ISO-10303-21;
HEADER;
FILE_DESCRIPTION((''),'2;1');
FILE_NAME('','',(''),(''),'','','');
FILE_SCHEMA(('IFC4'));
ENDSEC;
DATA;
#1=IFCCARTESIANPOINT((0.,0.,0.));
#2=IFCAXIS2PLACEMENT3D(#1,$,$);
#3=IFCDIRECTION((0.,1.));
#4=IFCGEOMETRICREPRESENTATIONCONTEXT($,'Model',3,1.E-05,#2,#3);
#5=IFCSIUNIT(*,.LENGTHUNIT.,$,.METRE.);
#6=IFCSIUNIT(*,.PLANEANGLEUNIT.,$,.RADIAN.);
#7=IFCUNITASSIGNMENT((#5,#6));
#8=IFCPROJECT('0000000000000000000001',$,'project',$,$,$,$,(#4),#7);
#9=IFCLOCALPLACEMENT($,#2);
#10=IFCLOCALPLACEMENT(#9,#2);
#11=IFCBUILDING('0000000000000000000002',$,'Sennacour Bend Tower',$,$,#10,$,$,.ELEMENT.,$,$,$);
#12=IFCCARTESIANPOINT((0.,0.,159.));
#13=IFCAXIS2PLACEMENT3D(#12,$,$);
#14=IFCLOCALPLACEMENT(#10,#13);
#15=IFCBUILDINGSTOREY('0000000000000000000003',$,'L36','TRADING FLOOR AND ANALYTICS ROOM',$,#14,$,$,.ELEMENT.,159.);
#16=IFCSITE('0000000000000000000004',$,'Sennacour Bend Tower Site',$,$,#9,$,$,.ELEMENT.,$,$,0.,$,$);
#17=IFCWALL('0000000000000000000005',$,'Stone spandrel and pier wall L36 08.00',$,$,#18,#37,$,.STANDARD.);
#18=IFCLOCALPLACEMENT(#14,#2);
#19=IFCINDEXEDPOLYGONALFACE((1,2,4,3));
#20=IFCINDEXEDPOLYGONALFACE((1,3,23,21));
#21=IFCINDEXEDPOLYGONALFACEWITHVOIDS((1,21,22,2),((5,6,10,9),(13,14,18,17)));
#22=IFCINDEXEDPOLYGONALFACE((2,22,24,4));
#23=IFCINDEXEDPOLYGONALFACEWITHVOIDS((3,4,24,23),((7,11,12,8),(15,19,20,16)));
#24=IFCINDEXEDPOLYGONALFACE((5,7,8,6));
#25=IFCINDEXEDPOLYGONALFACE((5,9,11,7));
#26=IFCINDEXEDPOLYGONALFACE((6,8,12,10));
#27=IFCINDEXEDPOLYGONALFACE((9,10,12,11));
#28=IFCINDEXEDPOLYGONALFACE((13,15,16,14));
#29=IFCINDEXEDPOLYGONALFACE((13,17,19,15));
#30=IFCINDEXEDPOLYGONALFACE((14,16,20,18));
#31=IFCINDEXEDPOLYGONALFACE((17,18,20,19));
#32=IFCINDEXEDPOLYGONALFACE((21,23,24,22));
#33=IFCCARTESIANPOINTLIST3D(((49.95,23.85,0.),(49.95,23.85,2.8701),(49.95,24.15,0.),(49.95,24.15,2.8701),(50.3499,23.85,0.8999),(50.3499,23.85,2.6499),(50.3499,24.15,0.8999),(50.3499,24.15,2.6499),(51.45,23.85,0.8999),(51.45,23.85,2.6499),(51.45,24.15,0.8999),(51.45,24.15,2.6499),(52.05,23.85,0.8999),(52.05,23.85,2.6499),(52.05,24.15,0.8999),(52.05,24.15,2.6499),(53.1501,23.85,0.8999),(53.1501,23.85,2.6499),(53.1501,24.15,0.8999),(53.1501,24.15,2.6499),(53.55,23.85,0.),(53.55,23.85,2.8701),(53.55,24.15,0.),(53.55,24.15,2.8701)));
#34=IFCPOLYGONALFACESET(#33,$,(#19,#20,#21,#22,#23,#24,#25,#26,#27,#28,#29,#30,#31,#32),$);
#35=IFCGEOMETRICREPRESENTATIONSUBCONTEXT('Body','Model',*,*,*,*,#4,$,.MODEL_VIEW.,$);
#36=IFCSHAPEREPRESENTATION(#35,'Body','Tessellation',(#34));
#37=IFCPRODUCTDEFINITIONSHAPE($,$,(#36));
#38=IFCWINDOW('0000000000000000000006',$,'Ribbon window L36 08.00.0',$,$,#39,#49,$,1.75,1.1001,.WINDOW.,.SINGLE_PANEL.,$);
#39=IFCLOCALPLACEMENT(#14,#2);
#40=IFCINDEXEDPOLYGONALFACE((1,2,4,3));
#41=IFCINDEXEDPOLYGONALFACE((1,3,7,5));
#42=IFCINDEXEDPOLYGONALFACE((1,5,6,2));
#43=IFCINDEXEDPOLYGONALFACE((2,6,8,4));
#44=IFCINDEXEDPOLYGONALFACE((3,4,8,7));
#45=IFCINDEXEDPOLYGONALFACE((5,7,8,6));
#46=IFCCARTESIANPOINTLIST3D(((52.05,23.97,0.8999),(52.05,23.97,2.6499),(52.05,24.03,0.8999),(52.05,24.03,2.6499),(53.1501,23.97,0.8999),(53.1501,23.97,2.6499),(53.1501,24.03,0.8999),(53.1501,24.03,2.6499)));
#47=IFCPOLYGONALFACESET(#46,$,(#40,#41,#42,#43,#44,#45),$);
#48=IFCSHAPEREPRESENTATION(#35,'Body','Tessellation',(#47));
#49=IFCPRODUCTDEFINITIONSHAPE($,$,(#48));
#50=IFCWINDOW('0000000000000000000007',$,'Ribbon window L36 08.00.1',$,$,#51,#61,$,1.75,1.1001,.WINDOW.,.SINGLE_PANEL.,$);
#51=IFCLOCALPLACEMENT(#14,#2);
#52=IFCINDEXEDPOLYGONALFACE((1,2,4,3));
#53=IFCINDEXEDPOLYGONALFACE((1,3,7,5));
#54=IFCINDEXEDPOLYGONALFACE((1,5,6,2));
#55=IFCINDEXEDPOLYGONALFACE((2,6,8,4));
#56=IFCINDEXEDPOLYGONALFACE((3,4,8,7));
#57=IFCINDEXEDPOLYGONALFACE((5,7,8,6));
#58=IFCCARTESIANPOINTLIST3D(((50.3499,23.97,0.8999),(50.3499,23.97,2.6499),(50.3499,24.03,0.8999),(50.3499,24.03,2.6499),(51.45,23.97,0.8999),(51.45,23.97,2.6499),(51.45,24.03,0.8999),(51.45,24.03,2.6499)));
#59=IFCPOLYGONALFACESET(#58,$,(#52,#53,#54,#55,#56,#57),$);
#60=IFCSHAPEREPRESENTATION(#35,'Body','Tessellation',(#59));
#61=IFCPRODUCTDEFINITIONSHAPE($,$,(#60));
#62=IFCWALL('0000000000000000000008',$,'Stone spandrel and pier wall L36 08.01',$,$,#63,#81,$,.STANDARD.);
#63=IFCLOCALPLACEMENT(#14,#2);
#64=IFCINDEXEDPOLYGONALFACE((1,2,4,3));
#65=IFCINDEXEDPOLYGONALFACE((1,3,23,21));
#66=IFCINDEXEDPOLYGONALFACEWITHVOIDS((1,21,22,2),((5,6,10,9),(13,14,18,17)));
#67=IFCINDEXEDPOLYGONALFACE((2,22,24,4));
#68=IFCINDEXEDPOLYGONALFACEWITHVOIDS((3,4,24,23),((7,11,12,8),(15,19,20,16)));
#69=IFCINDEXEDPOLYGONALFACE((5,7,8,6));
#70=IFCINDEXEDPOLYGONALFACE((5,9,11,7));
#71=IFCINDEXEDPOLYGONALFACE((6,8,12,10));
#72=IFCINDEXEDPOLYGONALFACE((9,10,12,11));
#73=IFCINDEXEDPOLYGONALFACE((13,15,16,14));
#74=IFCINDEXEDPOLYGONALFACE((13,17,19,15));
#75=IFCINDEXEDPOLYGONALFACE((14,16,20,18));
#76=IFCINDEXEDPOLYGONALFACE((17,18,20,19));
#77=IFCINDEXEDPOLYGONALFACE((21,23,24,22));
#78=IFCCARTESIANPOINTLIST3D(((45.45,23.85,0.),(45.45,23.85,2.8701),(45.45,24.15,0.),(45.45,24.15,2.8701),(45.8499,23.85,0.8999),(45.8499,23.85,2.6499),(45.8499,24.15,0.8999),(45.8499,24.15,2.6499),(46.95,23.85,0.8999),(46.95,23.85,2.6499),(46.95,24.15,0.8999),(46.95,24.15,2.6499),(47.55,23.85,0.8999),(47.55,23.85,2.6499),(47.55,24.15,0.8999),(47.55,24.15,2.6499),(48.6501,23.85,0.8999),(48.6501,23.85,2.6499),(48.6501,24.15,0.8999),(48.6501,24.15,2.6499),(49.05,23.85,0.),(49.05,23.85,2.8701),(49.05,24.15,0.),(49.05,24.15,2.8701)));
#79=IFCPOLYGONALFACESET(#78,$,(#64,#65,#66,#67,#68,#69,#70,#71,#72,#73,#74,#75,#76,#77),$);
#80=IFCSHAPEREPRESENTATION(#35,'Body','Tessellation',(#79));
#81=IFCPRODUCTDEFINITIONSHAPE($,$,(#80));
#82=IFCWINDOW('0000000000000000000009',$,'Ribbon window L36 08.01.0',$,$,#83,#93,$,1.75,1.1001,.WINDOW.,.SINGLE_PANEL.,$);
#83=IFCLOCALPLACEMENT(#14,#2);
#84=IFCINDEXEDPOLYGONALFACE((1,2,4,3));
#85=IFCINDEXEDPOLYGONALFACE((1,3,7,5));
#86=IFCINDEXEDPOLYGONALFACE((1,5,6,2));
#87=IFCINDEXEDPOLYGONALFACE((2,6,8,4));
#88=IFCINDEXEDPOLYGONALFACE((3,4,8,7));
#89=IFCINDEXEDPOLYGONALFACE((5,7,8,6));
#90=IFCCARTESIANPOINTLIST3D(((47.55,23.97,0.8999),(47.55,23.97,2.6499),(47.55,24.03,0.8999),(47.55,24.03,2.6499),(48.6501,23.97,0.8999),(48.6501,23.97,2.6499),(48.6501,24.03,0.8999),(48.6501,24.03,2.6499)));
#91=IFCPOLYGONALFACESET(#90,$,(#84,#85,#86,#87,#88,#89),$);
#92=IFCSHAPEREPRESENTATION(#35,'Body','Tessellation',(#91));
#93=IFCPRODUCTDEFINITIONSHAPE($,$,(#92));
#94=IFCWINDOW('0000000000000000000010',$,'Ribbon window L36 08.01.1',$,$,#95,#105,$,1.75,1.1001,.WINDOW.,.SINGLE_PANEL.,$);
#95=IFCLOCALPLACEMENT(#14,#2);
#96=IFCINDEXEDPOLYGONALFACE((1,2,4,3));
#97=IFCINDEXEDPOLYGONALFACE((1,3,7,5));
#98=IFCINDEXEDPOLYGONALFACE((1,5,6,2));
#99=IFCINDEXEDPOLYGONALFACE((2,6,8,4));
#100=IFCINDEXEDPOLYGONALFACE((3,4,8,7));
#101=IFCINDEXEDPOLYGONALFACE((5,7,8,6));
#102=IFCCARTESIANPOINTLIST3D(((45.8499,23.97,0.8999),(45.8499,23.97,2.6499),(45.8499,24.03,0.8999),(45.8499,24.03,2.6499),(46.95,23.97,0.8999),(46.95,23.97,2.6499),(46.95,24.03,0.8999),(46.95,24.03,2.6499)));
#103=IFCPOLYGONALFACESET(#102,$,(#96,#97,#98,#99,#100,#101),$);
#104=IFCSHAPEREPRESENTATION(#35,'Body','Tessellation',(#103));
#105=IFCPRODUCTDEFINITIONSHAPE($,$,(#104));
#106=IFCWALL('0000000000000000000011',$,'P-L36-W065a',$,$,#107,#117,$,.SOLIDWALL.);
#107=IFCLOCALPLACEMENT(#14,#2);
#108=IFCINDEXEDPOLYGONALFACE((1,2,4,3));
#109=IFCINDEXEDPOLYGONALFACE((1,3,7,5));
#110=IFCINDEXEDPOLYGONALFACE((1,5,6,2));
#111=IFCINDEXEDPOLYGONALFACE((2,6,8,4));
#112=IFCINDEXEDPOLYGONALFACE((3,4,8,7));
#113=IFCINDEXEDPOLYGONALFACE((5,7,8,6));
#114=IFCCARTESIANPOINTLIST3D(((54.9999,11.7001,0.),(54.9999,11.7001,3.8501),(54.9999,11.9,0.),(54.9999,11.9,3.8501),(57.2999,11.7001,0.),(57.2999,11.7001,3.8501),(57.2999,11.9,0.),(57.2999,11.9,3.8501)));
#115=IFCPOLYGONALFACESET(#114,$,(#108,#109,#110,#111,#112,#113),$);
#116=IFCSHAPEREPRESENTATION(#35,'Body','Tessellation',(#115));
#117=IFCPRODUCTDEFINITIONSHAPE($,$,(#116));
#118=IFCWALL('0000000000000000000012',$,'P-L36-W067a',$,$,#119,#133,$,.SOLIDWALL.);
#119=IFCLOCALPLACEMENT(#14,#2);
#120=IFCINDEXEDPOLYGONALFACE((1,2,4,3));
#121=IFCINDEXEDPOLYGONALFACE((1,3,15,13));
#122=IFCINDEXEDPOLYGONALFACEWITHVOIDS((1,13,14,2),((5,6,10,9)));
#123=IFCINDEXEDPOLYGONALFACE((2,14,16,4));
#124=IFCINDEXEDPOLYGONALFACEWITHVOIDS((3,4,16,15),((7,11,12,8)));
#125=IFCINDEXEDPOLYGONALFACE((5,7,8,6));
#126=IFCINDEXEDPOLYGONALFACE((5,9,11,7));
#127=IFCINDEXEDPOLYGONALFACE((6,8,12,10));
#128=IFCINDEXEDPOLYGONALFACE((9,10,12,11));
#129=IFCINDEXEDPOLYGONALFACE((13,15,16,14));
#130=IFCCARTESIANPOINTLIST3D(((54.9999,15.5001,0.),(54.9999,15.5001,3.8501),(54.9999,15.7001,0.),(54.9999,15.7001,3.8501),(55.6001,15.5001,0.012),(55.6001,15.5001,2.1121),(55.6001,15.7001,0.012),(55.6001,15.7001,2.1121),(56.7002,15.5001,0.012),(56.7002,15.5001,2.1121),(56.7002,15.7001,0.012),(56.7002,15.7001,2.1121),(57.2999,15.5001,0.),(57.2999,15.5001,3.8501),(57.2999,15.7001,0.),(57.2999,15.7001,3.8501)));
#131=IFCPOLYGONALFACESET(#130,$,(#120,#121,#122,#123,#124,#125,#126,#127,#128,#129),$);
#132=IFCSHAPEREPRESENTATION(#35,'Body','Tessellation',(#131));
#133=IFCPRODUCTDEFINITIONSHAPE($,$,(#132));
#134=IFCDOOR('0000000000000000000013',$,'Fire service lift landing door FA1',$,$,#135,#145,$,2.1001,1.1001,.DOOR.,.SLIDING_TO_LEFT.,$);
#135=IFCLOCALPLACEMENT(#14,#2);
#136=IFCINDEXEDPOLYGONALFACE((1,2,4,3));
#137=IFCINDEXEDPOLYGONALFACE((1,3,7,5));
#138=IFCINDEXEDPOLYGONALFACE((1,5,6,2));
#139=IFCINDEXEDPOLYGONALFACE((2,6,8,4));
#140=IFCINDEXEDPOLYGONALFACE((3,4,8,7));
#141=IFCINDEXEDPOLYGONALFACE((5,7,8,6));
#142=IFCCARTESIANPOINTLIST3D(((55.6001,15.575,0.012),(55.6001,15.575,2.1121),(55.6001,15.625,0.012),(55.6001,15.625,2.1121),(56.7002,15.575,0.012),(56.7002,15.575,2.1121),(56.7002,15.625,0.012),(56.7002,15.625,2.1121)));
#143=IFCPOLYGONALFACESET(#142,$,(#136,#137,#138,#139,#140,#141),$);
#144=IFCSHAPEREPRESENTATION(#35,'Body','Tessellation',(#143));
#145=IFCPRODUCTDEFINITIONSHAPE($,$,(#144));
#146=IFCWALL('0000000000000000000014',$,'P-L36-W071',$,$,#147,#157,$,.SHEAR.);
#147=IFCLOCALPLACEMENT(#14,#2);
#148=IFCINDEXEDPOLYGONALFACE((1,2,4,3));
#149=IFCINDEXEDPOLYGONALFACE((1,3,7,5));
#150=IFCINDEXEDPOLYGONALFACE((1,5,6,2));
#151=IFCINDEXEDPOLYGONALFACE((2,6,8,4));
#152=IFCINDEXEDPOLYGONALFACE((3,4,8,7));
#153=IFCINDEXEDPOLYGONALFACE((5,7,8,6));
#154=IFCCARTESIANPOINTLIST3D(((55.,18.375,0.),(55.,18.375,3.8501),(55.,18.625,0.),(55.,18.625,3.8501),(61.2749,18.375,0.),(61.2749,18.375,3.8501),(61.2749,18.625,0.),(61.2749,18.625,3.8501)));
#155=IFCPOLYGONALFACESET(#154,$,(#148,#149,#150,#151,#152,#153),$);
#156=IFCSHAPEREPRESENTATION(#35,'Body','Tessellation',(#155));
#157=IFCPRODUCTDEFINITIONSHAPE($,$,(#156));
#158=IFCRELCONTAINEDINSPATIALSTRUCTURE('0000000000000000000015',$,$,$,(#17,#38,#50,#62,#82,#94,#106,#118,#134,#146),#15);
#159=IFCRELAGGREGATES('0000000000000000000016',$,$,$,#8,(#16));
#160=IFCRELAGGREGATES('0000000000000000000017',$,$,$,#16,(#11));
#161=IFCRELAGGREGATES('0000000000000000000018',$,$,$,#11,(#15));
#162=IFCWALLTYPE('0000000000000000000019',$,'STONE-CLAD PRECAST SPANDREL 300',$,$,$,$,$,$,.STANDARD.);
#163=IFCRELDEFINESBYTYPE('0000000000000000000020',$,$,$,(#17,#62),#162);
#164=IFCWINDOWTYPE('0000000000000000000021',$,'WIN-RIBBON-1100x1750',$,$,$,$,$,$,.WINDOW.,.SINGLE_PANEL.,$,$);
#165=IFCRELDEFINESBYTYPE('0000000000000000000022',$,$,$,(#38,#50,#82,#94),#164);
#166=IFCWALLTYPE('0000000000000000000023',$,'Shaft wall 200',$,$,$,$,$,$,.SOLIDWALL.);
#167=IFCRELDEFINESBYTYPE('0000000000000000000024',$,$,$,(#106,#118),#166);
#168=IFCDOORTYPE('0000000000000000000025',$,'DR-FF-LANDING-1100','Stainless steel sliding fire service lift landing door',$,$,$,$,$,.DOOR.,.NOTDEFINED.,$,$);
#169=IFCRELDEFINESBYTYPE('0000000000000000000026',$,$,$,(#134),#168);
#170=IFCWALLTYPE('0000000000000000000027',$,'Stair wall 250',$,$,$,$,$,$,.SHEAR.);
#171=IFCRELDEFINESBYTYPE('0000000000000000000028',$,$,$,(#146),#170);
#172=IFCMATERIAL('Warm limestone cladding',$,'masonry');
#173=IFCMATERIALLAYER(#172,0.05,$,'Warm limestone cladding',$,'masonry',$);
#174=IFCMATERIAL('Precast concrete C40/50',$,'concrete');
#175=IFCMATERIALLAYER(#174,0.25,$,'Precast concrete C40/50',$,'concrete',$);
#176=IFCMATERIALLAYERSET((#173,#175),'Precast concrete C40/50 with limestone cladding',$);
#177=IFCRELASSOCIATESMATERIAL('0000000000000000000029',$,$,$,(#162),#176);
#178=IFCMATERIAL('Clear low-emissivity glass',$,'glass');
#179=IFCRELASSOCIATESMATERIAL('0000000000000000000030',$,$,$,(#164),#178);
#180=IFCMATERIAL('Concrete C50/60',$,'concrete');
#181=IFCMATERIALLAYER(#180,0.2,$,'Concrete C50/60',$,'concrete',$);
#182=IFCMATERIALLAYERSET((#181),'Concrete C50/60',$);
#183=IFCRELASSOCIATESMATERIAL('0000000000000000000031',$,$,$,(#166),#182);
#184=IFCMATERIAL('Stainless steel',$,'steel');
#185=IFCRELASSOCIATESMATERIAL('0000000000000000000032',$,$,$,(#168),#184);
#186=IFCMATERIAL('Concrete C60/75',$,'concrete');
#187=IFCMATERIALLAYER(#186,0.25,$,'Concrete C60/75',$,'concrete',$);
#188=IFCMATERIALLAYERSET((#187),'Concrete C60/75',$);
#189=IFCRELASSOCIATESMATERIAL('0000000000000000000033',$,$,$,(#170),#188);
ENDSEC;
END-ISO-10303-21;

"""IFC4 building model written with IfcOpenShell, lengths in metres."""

from ifc_helpers import new_model, si_unit, direction, frame, frame_2d, origin, place, context, subcontext, project, spatial, rectangle, extrude, material, layer, layer_set, type_object, element, fill, save


model = new_model("IFC4")

# Units and contexts
model_context = context("Model", 3, precision=1e-05, world=origin(), true_north=direction((0.0, 1.0)))
body_context = subcontext(model_context, "Body", "Model", "MODEL_VIEW")
ifc_project = project(units=[si_unit("LENGTHUNIT", "METRE"), si_unit("PLANEANGLEUNIT", "RADIAN")], contexts=[model_context])

# Site, building, storey
site_placement = place(None, origin())
site = spatial("IfcSite", under=ifc_project, at=site_placement, Name="Sennacour Bend Tower Site", CompositionType="ELEMENT", RefElevation=0.0)
building_placement = place(site_placement, origin())
building = spatial("IfcBuilding", under=site, at=building_placement, Name="Sennacour Bend Tower", CompositionType="ELEMENT")
storey_placement = place(building_placement, frame((0.0, 0.0, 159.0)))
storey = spatial("IfcBuildingStorey", under=building, at=storey_placement, Name="L36", Description="TRADING FLOOR AND ANALYTICS ROOM", CompositionType="ELEMENT", Elevation=159.0)

# Shared definitions
ifc_material_1 = material(Name="Concrete C60/75", Category="concrete")

# Shared definitions
ifc_material_2 = material(Name="Warm limestone cladding", Category="masonry")
ifc_layer_1 = layer(ifc_material_2, 0.05, Name="Warm limestone cladding", Category="masonry")
ifc_material_3 = material(Name="Precast concrete C40/50", Category="concrete")
ifc_layer_2 = layer(ifc_material_3, 0.25, Name="Precast concrete C40/50", Category="concrete")
ifc_layer_set_1 = layer_set([ifc_layer_1, ifc_layer_2], Name="Precast concrete C40/50 with limestone cladding")
wall_type_1 = type_object("IfcWallType", Name="STONE-CLAD PRECAST SPANDREL 300", PredefinedType="STANDARD", material=ifc_layer_set_1)

# Walls, openings, windows
wall_1_placement = place(storey_placement, frame((53.55, 24.0, 0.0), z_axis=(0.0, 0.0, 1.0), x_axis=(-1.0, 0.0, 0.0)))
wall_1 = element("IfcWall", 1, at=wall_1_placement, inside=storey, type_object=wall_type_1, Name="Stone spandrel and pier wall L36 08.00", PredefinedType="STANDARD", context=body_context, shape_type="SweptSolid", body=[
    extrude(rectangle(XDim=3.6001, YDim=0.3, at=frame_2d((1.8, 0.0))), origin(), (0.0, 0.0, 1.0), 2.8701),
])
opening_1_placement = place(wall_1_placement, frame((0.3999, 0.0, 0.8999)))
opening_1 = element("IfcOpeningElement", 2, at=opening_1_placement, cuts=wall_1, PredefinedType="OPENING", context=body_context, shape_type="SweptSolid", body=[
    extrude(rectangle(XDim=1.1001, YDim=1.75, at=frame_2d((0.55, 0.875))), frame((0.0, 0.1602, 0.0), z_axis=(0.0, -1.0, 0.0), x_axis=(1.0, 0.0, 0.0)), (0.0, 0.0, 1.0), 0.3201),
])
opening_2_placement = place(wall_1_placement, frame((2.1001, 0.0, 0.8999)))
opening_2 = element("IfcOpeningElement", 3, at=opening_2_placement, cuts=wall_1, PredefinedType="OPENING", context=body_context, shape_type="SweptSolid", body=[
    extrude(rectangle(XDim=1.1001, YDim=1.75, at=frame_2d((0.55, 0.875))), frame((0.0, 0.1602, 0.0), z_axis=(0.0, -1.0, 0.0), x_axis=(1.0, 0.0, 0.0)), (0.0, 0.0, 1.0), 0.3201),
])
ifc_material_4 = material(Name="Clear low-emissivity glass", Category="glass")
window_type = type_object("IfcWindowType", Name="WIN-RIBBON-1100x1750", PartitioningType="SINGLE_PANEL", PredefinedType="WINDOW", material=ifc_material_4)
window_1_placement = place(opening_1_placement, origin())
window_1 = element("IfcWindow", 4, at=window_1_placement, inside=storey, type_object=window_type, Name="Ribbon window L36 08.00.0", OverallHeight=1.75, OverallWidth=1.1001, PartitioningType="SINGLE_PANEL", PredefinedType="WINDOW", context=body_context, shape_type="SweptSolid", body=[
    extrude(rectangle(XDim=1.1001, YDim=1.75, at=frame_2d((0.55, 0.875))), frame((0.0, 0.03, 0.0), z_axis=(0.0, -1.0, 0.0), x_axis=(1.0, 0.0, 0.0)), (0.0, 0.0, 1.0), 0.0601),
])
fill(opening_1, window_1)
window_2_placement = place(opening_2_placement, origin())
window_2 = element("IfcWindow", 5, at=window_2_placement, inside=storey, type_object=window_type, Name="Ribbon window L36 08.00.1", OverallHeight=1.75, OverallWidth=1.1001, PartitioningType="SINGLE_PANEL", PredefinedType="WINDOW", context=body_context, shape_type="SweptSolid", body=[
    extrude(rectangle(XDim=1.1001, YDim=1.75, at=frame_2d((0.55, 0.875))), frame((0.0, 0.03, 0.0), z_axis=(0.0, -1.0, 0.0), x_axis=(1.0, 0.0, 0.0)), (0.0, 0.0, 1.0), 0.0601),
])
fill(opening_2, window_2)
wall_2_placement = place(storey_placement, frame((49.05, 24.0, 0.0), z_axis=(0.0, 0.0, 1.0), x_axis=(-1.0, 0.0, 0.0)))
wall_2 = element("IfcWall", 6, at=wall_2_placement, inside=storey, type_object=wall_type_1, Name="Stone spandrel and pier wall L36 08.01", PredefinedType="STANDARD", context=body_context, shape_type="SweptSolid", body=[
    extrude(rectangle(XDim=3.6001, YDim=0.3, at=frame_2d((1.8, 0.0))), origin(), (0.0, 0.0, 1.0), 2.8701),
])
opening_3_placement = place(wall_2_placement, frame((0.3999, 0.0, 0.8999)))
opening_3 = element("IfcOpeningElement", 7, at=opening_3_placement, cuts=wall_2, PredefinedType="OPENING", context=body_context, shape_type="SweptSolid", body=[
    extrude(rectangle(XDim=1.1001, YDim=1.75, at=frame_2d((0.55, 0.875))), frame((0.0, 0.1602, 0.0), z_axis=(0.0, -1.0, 0.0), x_axis=(1.0, 0.0, 0.0)), (0.0, 0.0, 1.0), 0.3201),
])
opening_4_placement = place(wall_2_placement, frame((2.1001, 0.0, 0.8999)))
opening_4 = element("IfcOpeningElement", 8, at=opening_4_placement, cuts=wall_2, PredefinedType="OPENING", context=body_context, shape_type="SweptSolid", body=[
    extrude(rectangle(XDim=1.1001, YDim=1.75, at=frame_2d((0.55, 0.875))), frame((0.0, 0.1602, 0.0), z_axis=(0.0, -1.0, 0.0), x_axis=(1.0, 0.0, 0.0)), (0.0, 0.0, 1.0), 0.3201),
])
window_3_placement = place(opening_3_placement, origin())
window_3 = element("IfcWindow", 9, at=window_3_placement, inside=storey, type_object=window_type, Name="Ribbon window L36 08.01.0", OverallHeight=1.75, OverallWidth=1.1001, PartitioningType="SINGLE_PANEL", PredefinedType="WINDOW", context=body_context, shape_type="SweptSolid", body=[
    extrude(rectangle(XDim=1.1001, YDim=1.75, at=frame_2d((0.55, 0.875))), frame((0.0, 0.03, 0.0), z_axis=(0.0, -1.0, 0.0), x_axis=(1.0, 0.0, 0.0)), (0.0, 0.0, 1.0), 0.0601),
])
fill(opening_3, window_3)
window_4_placement = place(opening_4_placement, origin())
window_4 = element("IfcWindow", 10, at=window_4_placement, inside=storey, type_object=window_type, Name="Ribbon window L36 08.01.1", OverallHeight=1.75, OverallWidth=1.1001, PartitioningType="SINGLE_PANEL", PredefinedType="WINDOW", context=body_context, shape_type="SweptSolid", body=[
    extrude(rectangle(XDim=1.1001, YDim=1.75, at=frame_2d((0.55, 0.875))), frame((0.0, 0.03, 0.0), z_axis=(0.0, -1.0, 0.0), x_axis=(1.0, 0.0, 0.0)), (0.0, 0.0, 1.0), 0.0601),
])
fill(opening_4, window_4)

# Wall
ifc_material_5 = material(Name="Concrete C50/60", Category="concrete")
ifc_layer_3 = layer(ifc_material_5, 0.2, Name="Concrete C50/60", Category="concrete")
ifc_layer_set_2 = layer_set([ifc_layer_3], Name="Concrete C50/60")
wall_type_2 = type_object("IfcWallType", Name="Shaft wall 200", PredefinedType="SOLIDWALL", material=ifc_layer_set_2)
wall_3_placement = place(storey_placement, frame((55.0, 11.8, 0.0), z_axis=(0.0, 0.0, 1.0), x_axis=(1.0, 0.0, 0.0)))
element("IfcWall", 11, at=wall_3_placement, inside=storey, type_object=wall_type_2, Name="P-L36-W065a", PredefinedType="SOLIDWALL", context=body_context, shape_type="SweptSolid", body=[
    extrude(rectangle(XDim=2.3, YDim=0.2, at=frame_2d((1.1499, 0.0))), origin(), (0.0, 0.0, 1.0), 3.8501),
])

# Wall, opening, door
wall_4_placement = place(storey_placement, frame((55.0, 15.6001, 0.0), z_axis=(0.0, 0.0, 1.0), x_axis=(1.0, 0.0, 0.0)))
wall_4 = element("IfcWall", 12, at=wall_4_placement, inside=storey, type_object=wall_type_2, Name="P-L36-W067a", PredefinedType="SOLIDWALL", context=body_context, shape_type="SweptSolid", body=[
    extrude(rectangle(XDim=2.3, YDim=0.2, at=frame_2d((1.1499, 0.0))), origin(), (0.0, 0.0, 1.0), 3.8501),
])
opening_5_placement = place(wall_4_placement, frame((0.6001, 0.0, 0.012)))
opening_5 = element("IfcOpeningElement", 13, at=opening_5_placement, cuts=wall_4, PredefinedType="OPENING", context=body_context, shape_type="SweptSolid", body=[
    extrude(rectangle(XDim=1.1001, YDim=2.1001, at=frame_2d((0.55, 1.05))), frame((0.0, 0.1099, 0.0), z_axis=(0.0, -1.0, 0.0), x_axis=(1.0, 0.0, 0.0)), (0.0, 0.0, 1.0), 0.22),
])
ifc_material_6 = material(Name="Stainless steel", Category="steel")
door_type_1 = type_object("IfcDoorType", Name="DR-FF-LANDING-1100", Description="Stainless steel sliding fire service lift landing door", OperationType="NOTDEFINED", PredefinedType="DOOR", material=ifc_material_6)
door_1_placement = place(opening_5_placement, origin())
door_1 = element("IfcDoor", 14, at=door_1_placement, inside=storey, type_object=door_type_1, Name="Fire service lift landing door FA1", OperationType="SLIDING_TO_LEFT", OverallHeight=2.1001, OverallWidth=1.1001, PredefinedType="DOOR", context=body_context, shape_type="SweptSolid", body=[
    extrude(rectangle(XDim=1.1001, YDim=2.1001, at=frame_2d((0.55, 1.05))), frame((0.0, 0.0249, 0.0), z_axis=(0.0, -1.0, 0.0), x_axis=(1.0, 0.0, 0.0)), (0.0, 0.0, 1.0), 0.05),
])
fill(opening_5, door_1)

# Wall
ifc_layer_4 = layer(ifc_material_1, 0.25, Name="Concrete C60/75", Category="concrete")
ifc_layer_set_3 = layer_set([ifc_layer_4], Name="Concrete C60/75")
wall_type_3 = type_object("IfcWallType", Name="Stair wall 250", PredefinedType="SHEAR", material=ifc_layer_set_3)
wall_5_placement = place(storey_placement, frame((55.0, 18.5, 0.0), z_axis=(0.0, 0.0, 1.0), x_axis=(1.0, 0.0, 0.0)))
element("IfcWall", 15, at=wall_5_placement, inside=storey, type_object=wall_type_3, Name="P-L36-W071", PredefinedType="SHEAR", context=body_context, shape_type="SweptSolid", body=[
    extrude(rectangle(XDim=6.2749, YDim=0.25, at=frame_2d((3.1375, 0.0))), origin(), (0.0, 0.0, 1.0), 3.8501),
])

save(model, "model.ifc")
